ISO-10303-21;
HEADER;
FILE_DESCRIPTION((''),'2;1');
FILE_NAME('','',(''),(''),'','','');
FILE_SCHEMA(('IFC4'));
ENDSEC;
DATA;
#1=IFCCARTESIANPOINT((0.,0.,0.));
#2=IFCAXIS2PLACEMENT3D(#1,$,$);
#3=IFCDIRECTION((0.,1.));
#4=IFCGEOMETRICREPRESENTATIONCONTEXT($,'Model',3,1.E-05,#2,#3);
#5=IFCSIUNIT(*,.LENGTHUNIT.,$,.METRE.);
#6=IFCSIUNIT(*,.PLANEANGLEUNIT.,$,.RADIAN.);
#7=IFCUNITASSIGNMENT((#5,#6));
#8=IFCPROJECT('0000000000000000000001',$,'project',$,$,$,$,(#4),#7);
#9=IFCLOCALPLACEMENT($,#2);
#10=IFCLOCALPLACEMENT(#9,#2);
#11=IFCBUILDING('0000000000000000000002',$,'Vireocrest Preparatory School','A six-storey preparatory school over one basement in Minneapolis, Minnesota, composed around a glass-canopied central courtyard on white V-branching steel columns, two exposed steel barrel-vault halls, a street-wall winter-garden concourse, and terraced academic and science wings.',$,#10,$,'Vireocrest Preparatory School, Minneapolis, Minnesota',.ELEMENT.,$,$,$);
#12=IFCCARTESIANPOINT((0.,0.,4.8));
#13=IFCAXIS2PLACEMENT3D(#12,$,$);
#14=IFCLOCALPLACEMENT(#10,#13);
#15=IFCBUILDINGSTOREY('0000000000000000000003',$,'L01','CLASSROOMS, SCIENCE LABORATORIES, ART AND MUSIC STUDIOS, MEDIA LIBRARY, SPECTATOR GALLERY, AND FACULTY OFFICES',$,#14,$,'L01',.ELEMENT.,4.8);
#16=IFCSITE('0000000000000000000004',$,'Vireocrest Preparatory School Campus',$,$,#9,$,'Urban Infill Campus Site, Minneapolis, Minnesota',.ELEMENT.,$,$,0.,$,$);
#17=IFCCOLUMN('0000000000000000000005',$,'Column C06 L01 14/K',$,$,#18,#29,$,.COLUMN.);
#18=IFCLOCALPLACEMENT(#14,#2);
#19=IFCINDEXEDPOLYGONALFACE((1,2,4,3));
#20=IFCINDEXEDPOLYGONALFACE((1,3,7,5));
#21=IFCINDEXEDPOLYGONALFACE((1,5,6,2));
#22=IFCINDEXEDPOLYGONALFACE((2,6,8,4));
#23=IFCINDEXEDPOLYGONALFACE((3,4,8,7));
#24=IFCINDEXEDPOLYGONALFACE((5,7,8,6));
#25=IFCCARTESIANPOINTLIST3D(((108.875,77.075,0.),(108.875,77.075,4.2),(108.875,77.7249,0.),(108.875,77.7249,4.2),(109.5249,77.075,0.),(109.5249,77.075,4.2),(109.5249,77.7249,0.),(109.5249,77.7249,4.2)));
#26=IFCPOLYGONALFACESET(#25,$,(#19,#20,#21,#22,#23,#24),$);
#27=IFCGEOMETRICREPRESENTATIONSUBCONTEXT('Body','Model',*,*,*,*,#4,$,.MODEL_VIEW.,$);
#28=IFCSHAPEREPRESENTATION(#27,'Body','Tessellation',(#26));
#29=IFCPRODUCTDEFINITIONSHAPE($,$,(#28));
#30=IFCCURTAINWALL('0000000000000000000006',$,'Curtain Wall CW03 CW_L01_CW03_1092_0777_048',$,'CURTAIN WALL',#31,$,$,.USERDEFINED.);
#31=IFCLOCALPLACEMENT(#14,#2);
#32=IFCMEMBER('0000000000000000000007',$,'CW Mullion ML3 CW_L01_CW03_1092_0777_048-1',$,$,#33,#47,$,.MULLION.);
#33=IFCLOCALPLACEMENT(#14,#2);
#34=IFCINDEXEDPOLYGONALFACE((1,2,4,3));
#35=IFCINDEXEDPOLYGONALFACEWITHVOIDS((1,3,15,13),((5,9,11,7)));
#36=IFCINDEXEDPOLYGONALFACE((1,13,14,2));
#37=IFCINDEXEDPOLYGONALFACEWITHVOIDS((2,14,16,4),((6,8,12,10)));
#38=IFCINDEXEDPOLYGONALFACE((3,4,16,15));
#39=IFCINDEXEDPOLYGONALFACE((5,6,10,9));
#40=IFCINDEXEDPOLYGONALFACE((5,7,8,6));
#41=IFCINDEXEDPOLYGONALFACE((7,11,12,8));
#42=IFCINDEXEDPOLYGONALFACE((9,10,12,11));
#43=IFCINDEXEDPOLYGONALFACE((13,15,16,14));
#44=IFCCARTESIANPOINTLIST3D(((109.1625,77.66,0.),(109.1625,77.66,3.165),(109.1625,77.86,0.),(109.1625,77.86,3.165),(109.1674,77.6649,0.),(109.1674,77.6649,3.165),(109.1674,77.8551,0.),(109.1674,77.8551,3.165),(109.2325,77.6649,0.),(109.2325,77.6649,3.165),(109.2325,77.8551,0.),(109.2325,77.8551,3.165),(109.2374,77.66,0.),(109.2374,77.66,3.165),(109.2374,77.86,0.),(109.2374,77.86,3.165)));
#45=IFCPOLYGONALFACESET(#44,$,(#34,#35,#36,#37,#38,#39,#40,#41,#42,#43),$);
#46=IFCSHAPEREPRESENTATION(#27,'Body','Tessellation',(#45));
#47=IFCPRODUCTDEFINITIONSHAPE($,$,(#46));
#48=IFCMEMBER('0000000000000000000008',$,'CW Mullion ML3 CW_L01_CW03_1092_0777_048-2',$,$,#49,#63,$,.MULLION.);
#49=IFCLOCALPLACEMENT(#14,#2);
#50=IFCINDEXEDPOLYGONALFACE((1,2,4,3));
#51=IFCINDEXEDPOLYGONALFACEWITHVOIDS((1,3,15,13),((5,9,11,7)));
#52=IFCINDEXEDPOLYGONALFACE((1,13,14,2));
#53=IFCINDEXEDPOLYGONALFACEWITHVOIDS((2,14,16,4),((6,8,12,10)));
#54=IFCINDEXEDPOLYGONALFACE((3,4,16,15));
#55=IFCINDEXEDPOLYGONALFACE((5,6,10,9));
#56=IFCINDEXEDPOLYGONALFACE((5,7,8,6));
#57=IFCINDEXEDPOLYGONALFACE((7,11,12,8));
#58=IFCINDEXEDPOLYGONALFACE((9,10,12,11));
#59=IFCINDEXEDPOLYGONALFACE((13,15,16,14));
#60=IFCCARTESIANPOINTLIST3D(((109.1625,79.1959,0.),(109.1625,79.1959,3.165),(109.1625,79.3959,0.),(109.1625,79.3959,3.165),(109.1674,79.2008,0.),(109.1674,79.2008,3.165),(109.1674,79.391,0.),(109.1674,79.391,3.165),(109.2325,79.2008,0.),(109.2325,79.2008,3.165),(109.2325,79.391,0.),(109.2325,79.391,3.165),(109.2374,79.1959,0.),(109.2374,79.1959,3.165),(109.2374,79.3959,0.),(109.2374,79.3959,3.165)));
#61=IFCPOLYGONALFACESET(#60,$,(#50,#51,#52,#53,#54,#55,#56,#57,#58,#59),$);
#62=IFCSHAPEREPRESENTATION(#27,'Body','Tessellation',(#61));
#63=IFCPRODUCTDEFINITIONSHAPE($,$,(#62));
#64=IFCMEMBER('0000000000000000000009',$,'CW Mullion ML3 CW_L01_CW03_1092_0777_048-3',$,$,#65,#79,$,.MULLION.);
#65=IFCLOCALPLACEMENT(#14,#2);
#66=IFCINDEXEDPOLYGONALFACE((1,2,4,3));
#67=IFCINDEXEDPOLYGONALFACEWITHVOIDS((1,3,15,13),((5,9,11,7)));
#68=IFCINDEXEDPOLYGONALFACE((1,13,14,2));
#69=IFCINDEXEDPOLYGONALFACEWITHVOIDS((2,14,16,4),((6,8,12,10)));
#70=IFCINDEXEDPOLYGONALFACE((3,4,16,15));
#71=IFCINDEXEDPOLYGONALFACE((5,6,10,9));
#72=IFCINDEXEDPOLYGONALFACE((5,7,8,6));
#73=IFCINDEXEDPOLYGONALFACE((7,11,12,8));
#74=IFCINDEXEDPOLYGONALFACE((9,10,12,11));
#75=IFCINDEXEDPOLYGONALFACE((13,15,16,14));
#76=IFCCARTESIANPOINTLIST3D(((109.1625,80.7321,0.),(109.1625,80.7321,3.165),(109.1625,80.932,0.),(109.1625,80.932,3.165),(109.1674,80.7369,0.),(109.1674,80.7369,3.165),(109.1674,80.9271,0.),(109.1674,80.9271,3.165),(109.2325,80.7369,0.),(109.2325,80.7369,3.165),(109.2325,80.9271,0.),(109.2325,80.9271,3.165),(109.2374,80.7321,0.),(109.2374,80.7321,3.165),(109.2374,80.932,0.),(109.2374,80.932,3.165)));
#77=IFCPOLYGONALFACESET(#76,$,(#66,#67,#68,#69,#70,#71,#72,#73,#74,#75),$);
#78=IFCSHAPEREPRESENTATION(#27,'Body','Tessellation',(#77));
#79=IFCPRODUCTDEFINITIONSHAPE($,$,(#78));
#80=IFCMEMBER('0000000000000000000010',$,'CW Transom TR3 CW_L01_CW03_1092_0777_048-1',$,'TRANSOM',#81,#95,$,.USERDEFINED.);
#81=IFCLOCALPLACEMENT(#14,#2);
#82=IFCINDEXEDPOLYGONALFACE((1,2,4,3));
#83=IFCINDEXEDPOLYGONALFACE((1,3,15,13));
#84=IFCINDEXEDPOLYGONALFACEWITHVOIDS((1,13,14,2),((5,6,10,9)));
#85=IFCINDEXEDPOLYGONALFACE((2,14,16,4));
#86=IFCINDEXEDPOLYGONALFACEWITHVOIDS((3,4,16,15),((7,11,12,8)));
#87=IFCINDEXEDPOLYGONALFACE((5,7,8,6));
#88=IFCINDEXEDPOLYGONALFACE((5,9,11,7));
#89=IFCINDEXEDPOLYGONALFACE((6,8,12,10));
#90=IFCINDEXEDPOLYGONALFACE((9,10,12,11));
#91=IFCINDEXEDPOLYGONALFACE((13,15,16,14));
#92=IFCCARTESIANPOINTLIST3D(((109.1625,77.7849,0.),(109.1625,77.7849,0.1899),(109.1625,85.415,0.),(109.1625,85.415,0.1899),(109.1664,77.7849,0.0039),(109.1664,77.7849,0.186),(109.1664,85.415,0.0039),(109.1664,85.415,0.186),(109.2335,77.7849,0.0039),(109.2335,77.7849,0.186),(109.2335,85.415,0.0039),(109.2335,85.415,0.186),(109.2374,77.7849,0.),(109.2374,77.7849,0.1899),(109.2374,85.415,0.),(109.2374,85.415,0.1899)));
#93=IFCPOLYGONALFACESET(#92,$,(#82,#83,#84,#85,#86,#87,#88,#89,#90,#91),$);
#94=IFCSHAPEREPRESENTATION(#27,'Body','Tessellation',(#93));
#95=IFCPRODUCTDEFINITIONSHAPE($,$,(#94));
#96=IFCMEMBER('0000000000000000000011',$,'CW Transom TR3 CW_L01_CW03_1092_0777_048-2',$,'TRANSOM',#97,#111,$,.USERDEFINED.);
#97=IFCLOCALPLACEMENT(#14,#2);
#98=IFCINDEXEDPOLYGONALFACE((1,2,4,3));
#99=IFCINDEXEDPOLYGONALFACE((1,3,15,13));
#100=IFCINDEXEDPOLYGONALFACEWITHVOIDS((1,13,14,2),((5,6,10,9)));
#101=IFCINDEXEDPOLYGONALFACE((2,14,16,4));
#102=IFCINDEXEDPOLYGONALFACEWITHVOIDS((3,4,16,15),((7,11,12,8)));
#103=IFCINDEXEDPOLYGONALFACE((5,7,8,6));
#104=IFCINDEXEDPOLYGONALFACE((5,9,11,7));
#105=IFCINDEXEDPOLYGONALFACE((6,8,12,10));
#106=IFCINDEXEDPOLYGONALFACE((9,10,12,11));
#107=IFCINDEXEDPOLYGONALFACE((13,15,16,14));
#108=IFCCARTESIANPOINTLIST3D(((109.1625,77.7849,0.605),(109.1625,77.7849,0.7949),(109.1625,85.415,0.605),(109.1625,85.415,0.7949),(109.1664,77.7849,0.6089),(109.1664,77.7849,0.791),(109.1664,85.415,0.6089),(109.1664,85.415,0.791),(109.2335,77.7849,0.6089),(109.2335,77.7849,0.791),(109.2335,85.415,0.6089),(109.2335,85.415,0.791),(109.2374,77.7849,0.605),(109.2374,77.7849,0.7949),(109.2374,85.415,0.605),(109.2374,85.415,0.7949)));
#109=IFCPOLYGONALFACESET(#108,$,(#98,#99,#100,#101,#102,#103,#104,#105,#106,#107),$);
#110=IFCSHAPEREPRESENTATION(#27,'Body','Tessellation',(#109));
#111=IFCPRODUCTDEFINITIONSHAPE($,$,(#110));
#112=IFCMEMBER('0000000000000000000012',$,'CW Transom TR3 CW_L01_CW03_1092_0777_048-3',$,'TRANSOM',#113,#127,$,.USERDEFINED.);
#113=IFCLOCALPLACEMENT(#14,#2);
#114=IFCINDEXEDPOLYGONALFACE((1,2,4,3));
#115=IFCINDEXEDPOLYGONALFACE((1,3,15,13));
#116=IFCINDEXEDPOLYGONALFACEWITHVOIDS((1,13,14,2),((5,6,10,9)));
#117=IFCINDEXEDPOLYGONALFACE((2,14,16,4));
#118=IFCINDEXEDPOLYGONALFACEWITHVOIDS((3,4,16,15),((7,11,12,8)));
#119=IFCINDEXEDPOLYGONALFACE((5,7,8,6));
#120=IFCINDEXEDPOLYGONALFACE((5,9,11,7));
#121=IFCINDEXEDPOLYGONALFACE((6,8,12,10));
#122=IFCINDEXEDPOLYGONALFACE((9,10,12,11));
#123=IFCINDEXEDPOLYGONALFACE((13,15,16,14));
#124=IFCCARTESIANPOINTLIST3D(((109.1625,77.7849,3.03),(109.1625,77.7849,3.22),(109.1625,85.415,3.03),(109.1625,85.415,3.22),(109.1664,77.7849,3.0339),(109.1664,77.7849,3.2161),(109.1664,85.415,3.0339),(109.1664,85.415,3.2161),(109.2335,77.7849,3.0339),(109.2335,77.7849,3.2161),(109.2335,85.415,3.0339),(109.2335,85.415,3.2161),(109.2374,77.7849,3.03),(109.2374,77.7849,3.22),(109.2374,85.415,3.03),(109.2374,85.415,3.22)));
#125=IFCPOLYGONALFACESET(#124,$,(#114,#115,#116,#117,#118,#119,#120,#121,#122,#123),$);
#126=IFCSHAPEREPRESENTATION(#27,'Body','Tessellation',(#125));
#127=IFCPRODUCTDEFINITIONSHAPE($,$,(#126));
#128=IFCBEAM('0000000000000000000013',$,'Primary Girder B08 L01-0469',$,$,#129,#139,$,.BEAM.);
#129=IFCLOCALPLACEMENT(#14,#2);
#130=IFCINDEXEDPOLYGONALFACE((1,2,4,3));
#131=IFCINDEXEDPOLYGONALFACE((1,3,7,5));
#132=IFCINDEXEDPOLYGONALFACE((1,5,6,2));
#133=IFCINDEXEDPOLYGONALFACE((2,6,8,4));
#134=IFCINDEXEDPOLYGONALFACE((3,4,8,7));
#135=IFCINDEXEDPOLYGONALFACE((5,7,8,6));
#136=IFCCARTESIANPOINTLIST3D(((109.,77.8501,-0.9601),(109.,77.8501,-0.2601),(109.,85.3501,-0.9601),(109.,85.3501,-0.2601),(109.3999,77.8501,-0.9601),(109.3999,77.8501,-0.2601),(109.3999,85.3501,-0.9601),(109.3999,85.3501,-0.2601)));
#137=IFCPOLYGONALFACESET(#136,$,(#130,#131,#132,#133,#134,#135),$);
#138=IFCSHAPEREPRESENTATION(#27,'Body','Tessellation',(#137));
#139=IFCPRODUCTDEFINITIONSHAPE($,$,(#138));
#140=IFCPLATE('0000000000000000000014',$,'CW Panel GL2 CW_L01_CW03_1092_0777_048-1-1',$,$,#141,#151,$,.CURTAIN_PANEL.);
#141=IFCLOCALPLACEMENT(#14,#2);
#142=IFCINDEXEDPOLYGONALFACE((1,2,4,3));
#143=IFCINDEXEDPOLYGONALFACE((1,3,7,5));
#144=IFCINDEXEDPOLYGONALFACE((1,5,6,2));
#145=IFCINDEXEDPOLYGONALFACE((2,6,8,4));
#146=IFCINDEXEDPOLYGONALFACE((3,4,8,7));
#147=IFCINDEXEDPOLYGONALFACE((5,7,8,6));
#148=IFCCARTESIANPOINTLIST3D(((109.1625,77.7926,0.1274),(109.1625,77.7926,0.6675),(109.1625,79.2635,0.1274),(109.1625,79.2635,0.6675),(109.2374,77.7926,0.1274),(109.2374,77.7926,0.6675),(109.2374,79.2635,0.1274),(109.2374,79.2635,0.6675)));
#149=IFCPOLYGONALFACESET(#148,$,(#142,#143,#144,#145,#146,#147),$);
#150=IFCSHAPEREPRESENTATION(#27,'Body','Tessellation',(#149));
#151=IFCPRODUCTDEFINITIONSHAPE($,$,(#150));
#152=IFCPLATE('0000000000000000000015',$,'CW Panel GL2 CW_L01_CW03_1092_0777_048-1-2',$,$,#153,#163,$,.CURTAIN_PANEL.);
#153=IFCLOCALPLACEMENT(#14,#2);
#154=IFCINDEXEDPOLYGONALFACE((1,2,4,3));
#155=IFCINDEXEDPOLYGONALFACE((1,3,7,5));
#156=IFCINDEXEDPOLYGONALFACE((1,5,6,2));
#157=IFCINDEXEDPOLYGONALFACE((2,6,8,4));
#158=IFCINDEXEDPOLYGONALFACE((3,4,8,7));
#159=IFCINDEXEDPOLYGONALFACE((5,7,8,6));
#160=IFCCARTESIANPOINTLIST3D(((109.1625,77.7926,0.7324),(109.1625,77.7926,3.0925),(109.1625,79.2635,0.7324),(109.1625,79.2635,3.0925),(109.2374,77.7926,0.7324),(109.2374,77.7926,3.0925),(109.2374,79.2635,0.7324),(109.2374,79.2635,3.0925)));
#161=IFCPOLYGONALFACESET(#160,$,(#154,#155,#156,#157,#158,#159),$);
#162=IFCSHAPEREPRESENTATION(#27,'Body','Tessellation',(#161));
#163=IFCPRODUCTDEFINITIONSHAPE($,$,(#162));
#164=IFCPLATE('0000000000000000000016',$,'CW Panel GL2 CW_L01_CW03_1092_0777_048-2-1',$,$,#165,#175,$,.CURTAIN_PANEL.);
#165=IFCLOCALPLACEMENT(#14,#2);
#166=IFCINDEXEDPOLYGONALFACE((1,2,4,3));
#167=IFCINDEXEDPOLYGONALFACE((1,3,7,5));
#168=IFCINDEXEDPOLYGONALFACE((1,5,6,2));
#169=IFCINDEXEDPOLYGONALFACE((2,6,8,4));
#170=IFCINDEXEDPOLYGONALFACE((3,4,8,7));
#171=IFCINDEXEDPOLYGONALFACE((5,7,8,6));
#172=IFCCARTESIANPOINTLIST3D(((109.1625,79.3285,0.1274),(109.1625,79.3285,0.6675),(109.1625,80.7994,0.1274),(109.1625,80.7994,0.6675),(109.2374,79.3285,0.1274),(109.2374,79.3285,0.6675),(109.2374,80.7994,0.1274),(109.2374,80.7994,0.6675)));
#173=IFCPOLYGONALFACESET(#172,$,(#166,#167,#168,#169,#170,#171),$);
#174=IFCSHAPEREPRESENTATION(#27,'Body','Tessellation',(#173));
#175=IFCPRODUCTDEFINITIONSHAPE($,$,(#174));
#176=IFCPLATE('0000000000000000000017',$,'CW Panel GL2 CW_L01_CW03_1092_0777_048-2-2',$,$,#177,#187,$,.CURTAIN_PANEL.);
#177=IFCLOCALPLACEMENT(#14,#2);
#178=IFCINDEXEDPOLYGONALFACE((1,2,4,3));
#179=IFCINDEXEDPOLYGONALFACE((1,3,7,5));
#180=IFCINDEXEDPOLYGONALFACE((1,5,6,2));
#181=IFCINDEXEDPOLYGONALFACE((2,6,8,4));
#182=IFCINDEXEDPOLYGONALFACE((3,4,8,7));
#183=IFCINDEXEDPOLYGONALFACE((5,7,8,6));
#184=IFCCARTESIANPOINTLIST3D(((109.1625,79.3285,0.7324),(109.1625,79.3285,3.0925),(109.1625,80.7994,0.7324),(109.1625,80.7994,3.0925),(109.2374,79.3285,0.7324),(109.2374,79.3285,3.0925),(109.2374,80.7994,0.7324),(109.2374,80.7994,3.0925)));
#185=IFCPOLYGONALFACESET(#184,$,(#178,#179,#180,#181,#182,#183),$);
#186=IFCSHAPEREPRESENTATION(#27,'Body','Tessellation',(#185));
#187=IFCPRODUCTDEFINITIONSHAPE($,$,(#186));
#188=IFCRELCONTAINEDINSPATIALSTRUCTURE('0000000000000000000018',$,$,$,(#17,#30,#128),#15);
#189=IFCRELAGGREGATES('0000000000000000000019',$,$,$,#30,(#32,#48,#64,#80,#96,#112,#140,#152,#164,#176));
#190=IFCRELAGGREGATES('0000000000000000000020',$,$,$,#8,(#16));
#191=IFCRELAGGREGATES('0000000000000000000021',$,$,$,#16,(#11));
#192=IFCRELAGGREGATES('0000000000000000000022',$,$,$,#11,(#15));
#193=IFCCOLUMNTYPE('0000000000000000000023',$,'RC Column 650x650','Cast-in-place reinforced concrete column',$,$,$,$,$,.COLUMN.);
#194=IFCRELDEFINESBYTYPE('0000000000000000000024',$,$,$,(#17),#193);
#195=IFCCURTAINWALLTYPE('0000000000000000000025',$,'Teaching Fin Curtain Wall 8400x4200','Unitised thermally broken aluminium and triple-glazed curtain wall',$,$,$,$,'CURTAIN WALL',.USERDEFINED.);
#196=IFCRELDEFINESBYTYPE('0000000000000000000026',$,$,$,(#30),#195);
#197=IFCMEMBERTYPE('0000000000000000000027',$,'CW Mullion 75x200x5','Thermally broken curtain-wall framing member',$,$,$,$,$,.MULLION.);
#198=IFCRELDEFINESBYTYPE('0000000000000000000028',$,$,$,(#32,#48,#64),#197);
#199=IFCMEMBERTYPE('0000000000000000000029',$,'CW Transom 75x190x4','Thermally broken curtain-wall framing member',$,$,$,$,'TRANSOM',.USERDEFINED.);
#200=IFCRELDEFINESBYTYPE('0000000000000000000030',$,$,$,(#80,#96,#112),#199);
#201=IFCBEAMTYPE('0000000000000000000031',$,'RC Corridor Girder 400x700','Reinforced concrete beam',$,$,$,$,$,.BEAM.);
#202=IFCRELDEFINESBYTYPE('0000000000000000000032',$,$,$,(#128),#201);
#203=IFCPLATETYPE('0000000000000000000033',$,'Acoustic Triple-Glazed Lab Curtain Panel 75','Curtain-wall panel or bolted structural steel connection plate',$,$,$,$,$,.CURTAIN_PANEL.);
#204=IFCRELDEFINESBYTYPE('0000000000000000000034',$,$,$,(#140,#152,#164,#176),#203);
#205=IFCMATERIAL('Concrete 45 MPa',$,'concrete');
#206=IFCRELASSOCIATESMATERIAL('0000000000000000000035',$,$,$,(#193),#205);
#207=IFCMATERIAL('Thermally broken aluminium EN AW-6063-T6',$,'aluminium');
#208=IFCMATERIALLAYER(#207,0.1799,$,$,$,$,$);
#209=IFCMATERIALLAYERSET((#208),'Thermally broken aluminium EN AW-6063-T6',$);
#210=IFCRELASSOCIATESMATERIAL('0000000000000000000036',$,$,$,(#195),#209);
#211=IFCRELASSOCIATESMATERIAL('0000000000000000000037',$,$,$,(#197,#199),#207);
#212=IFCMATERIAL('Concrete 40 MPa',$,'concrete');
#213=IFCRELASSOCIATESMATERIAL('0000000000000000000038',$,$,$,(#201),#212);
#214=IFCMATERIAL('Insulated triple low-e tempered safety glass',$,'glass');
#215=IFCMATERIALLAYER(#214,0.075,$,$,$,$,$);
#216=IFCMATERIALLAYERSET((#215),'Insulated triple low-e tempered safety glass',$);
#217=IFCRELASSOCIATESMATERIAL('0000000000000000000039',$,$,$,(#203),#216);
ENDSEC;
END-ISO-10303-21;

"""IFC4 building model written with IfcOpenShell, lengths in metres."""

from ifc_helpers import new_model, si_unit, direction, frame, origin, origin_2d, place, context, subcontext, project, spatial, rectangle, hollow_rectangle, extrude, material, layer, layer_set, material_profile, profile_set, type_object, element, aggregate, save


model = new_model("IFC4")

# Units and contexts
model_context = context("Model", 3, precision=1e-05, world=origin(), true_north=direction((0.0, 1.0)))
body_context = subcontext(model_context, "Body", "Model", "MODEL_VIEW")
ifc_project = project(units=[si_unit("LENGTHUNIT", "METRE"), si_unit("PLANEANGLEUNIT", "RADIAN")], contexts=[model_context])

# Site, building, storey
site_placement = place(None, origin())
site = spatial("IfcSite", under=ifc_project, at=site_placement, Name="Vireocrest Preparatory School Campus", LongName="Urban Infill Campus Site, Minneapolis, Minnesota", CompositionType="ELEMENT", RefElevation=0.0)
building_placement = place(site_placement, origin())
building = spatial("IfcBuilding", under=site, at=building_placement, Name="Vireocrest Preparatory School", Description="A six-storey preparatory school over one basement in Minneapolis, Minnesota, composed around a glass-canopied central courtyard on white V-branching steel columns, two exposed steel barrel-vault halls, a street-wall winter-garden concourse, and terraced academic and science wings.", LongName="Vireocrest Preparatory School, Minneapolis, Minnesota", CompositionType="ELEMENT")
storey_placement = place(building_placement, frame((0.0, 0.0, 4.8)))
storey = spatial("IfcBuildingStorey", under=building, at=storey_placement, Name="L01", Description="CLASSROOMS, SCIENCE LABORATORIES, ART AND MUSIC STUDIOS, MEDIA LIBRARY, SPECTATOR GALLERY, AND FACULTY OFFICES", LongName="L01", CompositionType="ELEMENT", Elevation=4.8)

# Column
ifc_material_1 = material(Name="Concrete 45 MPa", Category="concrete")
ifc_material_profile_1 = material_profile(ifc_material_1, rectangle(XDim=0.6499, YDim=0.6499, at=origin_2d()), Name="RC 650x650")
ifc_profile_set_1 = profile_set([ifc_material_profile_1], Name="Concrete 45 MPa")
column_type = type_object("IfcColumnType", Name="RC Column 650x650", Description="Cast-in-place reinforced concrete column", PredefinedType="COLUMN", material=ifc_profile_set_1)
column_placement = place(storey_placement, frame((109.2, 77.3999, 0.0), z_axis=(0.0, 0.0, 1.0), x_axis=(1.0, 0.0, 0.0)))
element("IfcColumn", 1, at=column_placement, inside=storey, type_object=column_type, Name="Column C06 L01 14/K", PredefinedType="COLUMN", context=body_context, shape_type="SweptSolid", body=[
    extrude(rectangle(XDim=0.6499, YDim=0.6499, at=origin_2d()), origin(), (0.0, 0.0, 1.0), 4.2),
])

# Curtain wall, members
ifc_material_2 = material(Name="Thermally broken aluminium EN AW-6063-T6", Category="aluminium")
ifc_layer_1 = layer(ifc_material_2, 0.1799)
ifc_layer_set_1 = layer_set([ifc_layer_1], Name="Thermally broken aluminium EN AW-6063-T6")
curtain_wall_type = type_object("IfcCurtainWallType", Name="Teaching Fin Curtain Wall 8400x4200", Description="Unitised thermally broken aluminium and triple-glazed curtain wall", ElementType="CURTAIN WALL", PredefinedType="USERDEFINED", material=ifc_layer_set_1)
curtain_wall_placement = place(storey_placement, origin())
curtain_wall = element("IfcCurtainWall", 2, at=curtain_wall_placement, inside=storey, type_object=curtain_wall_type, Name="Curtain Wall CW03 CW_L01_CW03_1092_0777_048", ObjectType="CURTAIN WALL", PredefinedType="USERDEFINED")
ifc_material_profile_2 = material_profile(ifc_material_2, hollow_rectangle(XDim=0.075, YDim=0.2, WallThickness=0.0049, at=origin_2d()), Name="ALU 75x200x5")
ifc_profile_set_2 = profile_set([ifc_material_profile_2], Name="Thermally broken aluminium EN AW-6063-T6")
member_type_1 = type_object("IfcMemberType", Name="CW Mullion 75x200x5", Description="Thermally broken curtain-wall framing member", PredefinedType="MULLION", material=ifc_profile_set_2)
member_1_placement = place(storey_placement, frame((109.2, 77.76, 0.0), z_axis=(0.0, 0.0, 1.0), x_axis=(1.0, 0.0, 0.0)))
member_1 = element("IfcMember", 3, at=member_1_placement, type_object=member_type_1, Name="CW Mullion ML3 CW_L01_CW03_1092_0777_048-1", PredefinedType="MULLION", context=body_context, shape_type="SweptSolid", body=[
    extrude(hollow_rectangle(XDim=0.075, YDim=0.2, WallThickness=0.0049, at=origin_2d()), origin(), (0.0, 0.0, 1.0), 3.165),
])
member_2_placement = place(storey_placement, frame((109.2, 79.2959, 0.0), z_axis=(0.0, 0.0, 1.0), x_axis=(1.0, 0.0, 0.0)))
member_2 = element("IfcMember", 4, at=member_2_placement, type_object=member_type_1, Name="CW Mullion ML3 CW_L01_CW03_1092_0777_048-2", PredefinedType="MULLION", context=body_context, shape_type="SweptSolid", body=[
    extrude(hollow_rectangle(XDim=0.075, YDim=0.2, WallThickness=0.0049, at=origin_2d()), origin(), (0.0, 0.0, 1.0), 3.165),
])
member_3_placement = place(storey_placement, frame((109.2, 80.832, 0.0), z_axis=(0.0, 0.0, 1.0), x_axis=(1.0, 0.0, 0.0)))
member_3 = element("IfcMember", 5, at=member_3_placement, type_object=member_type_1, Name="CW Mullion ML3 CW_L01_CW03_1092_0777_048-3", PredefinedType="MULLION", context=body_context, shape_type="SweptSolid", body=[
    extrude(hollow_rectangle(XDim=0.075, YDim=0.2, WallThickness=0.0049, at=origin_2d()), origin(), (0.0, 0.0, 1.0), 3.165),
])
ifc_material_profile_3 = material_profile(ifc_material_2, hollow_rectangle(XDim=0.075, YDim=0.1899, WallThickness=0.0039, at=origin_2d()), Name="ALU 75x190x4")
ifc_profile_set_3 = profile_set([ifc_material_profile_3], Name="Thermally broken aluminium EN AW-6063-T6")
member_type_2 = type_object("IfcMemberType", Name="CW Transom 75x190x4", Description="Thermally broken curtain-wall framing member", ElementType="TRANSOM", PredefinedType="USERDEFINED", material=ifc_profile_set_3)
member_4_placement = place(storey_placement, frame((109.2, 77.7849, 0.095), z_axis=(0.0, 1.0, 0.0), x_axis=(-1.0, 0.0, 0.0)))
member_4 = element("IfcMember", 6, at=member_4_placement, type_object=member_type_2, Name="CW Transom TR3 CW_L01_CW03_1092_0777_048-1", ObjectType="TRANSOM", PredefinedType="USERDEFINED", context=body_context, shape_type="SweptSolid", body=[
    extrude(hollow_rectangle(XDim=0.075, YDim=0.1899, WallThickness=0.0039, at=origin_2d()), origin(), (0.0, 0.0, 1.0), 7.6301),
])
member_5_placement = place(storey_placement, frame((109.2, 77.7849, 0.7), z_axis=(0.0, 1.0, 0.0), x_axis=(-1.0, 0.0, 0.0)))
member_5 = element("IfcMember", 7, at=member_5_placement, type_object=member_type_2, Name="CW Transom TR3 CW_L01_CW03_1092_0777_048-2", ObjectType="TRANSOM", PredefinedType="USERDEFINED", context=body_context, shape_type="SweptSolid", body=[
    extrude(hollow_rectangle(XDim=0.075, YDim=0.1899, WallThickness=0.0039, at=origin_2d()), origin(), (0.0, 0.0, 1.0), 7.6301),
])
member_6_placement = place(storey_placement, frame((109.2, 77.7849, 3.125), z_axis=(0.0, 1.0, 0.0), x_axis=(-1.0, 0.0, 0.0)))
member_6 = element("IfcMember", 8, at=member_6_placement, type_object=member_type_2, Name="CW Transom TR3 CW_L01_CW03_1092_0777_048-3", ObjectType="TRANSOM", PredefinedType="USERDEFINED", context=body_context, shape_type="SweptSolid", body=[
    extrude(hollow_rectangle(XDim=0.075, YDim=0.1899, WallThickness=0.0039, at=origin_2d()), origin(), (0.0, 0.0, 1.0), 7.6301),
])

# Beam
ifc_material_3 = material(Name="Concrete 40 MPa", Category="concrete")
ifc_material_profile_4 = material_profile(ifc_material_3, rectangle(XDim=0.3999, YDim=0.7, at=origin_2d()), Name="RC 400x700")
ifc_profile_set_4 = profile_set([ifc_material_profile_4], Name="Concrete 40 MPa")
beam_type = type_object("IfcBeamType", Name="RC Corridor Girder 400x700", Description="Reinforced concrete beam", PredefinedType="BEAM", material=ifc_profile_set_4)
beam_placement = place(storey_placement, frame((109.2, 77.8501, -0.6101), z_axis=(0.0, 1.0, 0.0), x_axis=(-1.0, 0.0, 0.0)))
element("IfcBeam", 9, at=beam_placement, inside=storey, type_object=beam_type, Name="Primary Girder B08 L01-0469", PredefinedType="BEAM", context=body_context, shape_type="SweptSolid", body=[
    extrude(rectangle(XDim=0.3999, YDim=0.7, at=origin_2d()), origin(), (0.0, 0.0, 1.0), 7.5),
])

# Plates
ifc_material_4 = material(Name="Insulated triple low-e tempered safety glass", Category="glass")
ifc_layer_2 = layer(ifc_material_4, 0.075)
ifc_layer_set_2 = layer_set([ifc_layer_2], Name="Insulated triple low-e tempered safety glass")
plate_type = type_object("IfcPlateType", Name="Acoustic Triple-Glazed Lab Curtain Panel 75", Description="Curtain-wall panel or bolted structural steel connection plate", PredefinedType="CURTAIN_PANEL", material=ifc_layer_set_2)
plate_1_placement = place(storey_placement, frame((109.2, 78.5281, 0.1274), z_axis=(0.0, 0.0, 1.0), x_axis=(0.0, 1.0, 0.0)))
plate_1 = element("IfcPlate", 10, at=plate_1_placement, type_object=plate_type, Name="CW Panel GL2 CW_L01_CW03_1092_0777_048-1-1", PredefinedType="CURTAIN_PANEL", context=body_context, shape_type="SweptSolid", body=[
    extrude(rectangle(XDim=1.4709, YDim=0.075, at=origin_2d()), origin(), (0.0, 0.0, 1.0), 0.54),
])
plate_2_placement = place(storey_placement, frame((109.2, 78.5281, 0.7324), z_axis=(0.0, 0.0, 1.0), x_axis=(0.0, 1.0, 0.0)))
plate_2 = element("IfcPlate", 11, at=plate_2_placement, type_object=plate_type, Name="CW Panel GL2 CW_L01_CW03_1092_0777_048-1-2", PredefinedType="CURTAIN_PANEL", context=body_context, shape_type="SweptSolid", body=[
    extrude(rectangle(XDim=1.4709, YDim=0.075, at=origin_2d()), origin(), (0.0, 0.0, 1.0), 2.3601),
])
plate_3_placement = place(storey_placement, frame((109.2, 80.064, 0.1274), z_axis=(0.0, 0.0, 1.0), x_axis=(0.0, 1.0, 0.0)))
plate_3 = element("IfcPlate", 12, at=plate_3_placement, type_object=plate_type, Name="CW Panel GL2 CW_L01_CW03_1092_0777_048-2-1", PredefinedType="CURTAIN_PANEL", context=body_context, shape_type="SweptSolid", body=[
    extrude(rectangle(XDim=1.4709, YDim=0.075, at=origin_2d()), origin(), (0.0, 0.0, 1.0), 0.54),
])
plate_4_placement = place(storey_placement, frame((109.2, 80.064, 0.7324), z_axis=(0.0, 0.0, 1.0), x_axis=(0.0, 1.0, 0.0)))
plate_4 = element("IfcPlate", 13, at=plate_4_placement, type_object=plate_type, Name="CW Panel GL2 CW_L01_CW03_1092_0777_048-2-2", PredefinedType="CURTAIN_PANEL", context=body_context, shape_type="SweptSolid", body=[
    extrude(rectangle(XDim=1.4709, YDim=0.075, at=origin_2d()), origin(), (0.0, 0.0, 1.0), 2.3601),
])
aggregate(curtain_wall, [member_1, member_2, member_3, member_4, member_5, member_6, plate_1, plate_2, plate_3, plate_4])

save(model, "model.ifc")
